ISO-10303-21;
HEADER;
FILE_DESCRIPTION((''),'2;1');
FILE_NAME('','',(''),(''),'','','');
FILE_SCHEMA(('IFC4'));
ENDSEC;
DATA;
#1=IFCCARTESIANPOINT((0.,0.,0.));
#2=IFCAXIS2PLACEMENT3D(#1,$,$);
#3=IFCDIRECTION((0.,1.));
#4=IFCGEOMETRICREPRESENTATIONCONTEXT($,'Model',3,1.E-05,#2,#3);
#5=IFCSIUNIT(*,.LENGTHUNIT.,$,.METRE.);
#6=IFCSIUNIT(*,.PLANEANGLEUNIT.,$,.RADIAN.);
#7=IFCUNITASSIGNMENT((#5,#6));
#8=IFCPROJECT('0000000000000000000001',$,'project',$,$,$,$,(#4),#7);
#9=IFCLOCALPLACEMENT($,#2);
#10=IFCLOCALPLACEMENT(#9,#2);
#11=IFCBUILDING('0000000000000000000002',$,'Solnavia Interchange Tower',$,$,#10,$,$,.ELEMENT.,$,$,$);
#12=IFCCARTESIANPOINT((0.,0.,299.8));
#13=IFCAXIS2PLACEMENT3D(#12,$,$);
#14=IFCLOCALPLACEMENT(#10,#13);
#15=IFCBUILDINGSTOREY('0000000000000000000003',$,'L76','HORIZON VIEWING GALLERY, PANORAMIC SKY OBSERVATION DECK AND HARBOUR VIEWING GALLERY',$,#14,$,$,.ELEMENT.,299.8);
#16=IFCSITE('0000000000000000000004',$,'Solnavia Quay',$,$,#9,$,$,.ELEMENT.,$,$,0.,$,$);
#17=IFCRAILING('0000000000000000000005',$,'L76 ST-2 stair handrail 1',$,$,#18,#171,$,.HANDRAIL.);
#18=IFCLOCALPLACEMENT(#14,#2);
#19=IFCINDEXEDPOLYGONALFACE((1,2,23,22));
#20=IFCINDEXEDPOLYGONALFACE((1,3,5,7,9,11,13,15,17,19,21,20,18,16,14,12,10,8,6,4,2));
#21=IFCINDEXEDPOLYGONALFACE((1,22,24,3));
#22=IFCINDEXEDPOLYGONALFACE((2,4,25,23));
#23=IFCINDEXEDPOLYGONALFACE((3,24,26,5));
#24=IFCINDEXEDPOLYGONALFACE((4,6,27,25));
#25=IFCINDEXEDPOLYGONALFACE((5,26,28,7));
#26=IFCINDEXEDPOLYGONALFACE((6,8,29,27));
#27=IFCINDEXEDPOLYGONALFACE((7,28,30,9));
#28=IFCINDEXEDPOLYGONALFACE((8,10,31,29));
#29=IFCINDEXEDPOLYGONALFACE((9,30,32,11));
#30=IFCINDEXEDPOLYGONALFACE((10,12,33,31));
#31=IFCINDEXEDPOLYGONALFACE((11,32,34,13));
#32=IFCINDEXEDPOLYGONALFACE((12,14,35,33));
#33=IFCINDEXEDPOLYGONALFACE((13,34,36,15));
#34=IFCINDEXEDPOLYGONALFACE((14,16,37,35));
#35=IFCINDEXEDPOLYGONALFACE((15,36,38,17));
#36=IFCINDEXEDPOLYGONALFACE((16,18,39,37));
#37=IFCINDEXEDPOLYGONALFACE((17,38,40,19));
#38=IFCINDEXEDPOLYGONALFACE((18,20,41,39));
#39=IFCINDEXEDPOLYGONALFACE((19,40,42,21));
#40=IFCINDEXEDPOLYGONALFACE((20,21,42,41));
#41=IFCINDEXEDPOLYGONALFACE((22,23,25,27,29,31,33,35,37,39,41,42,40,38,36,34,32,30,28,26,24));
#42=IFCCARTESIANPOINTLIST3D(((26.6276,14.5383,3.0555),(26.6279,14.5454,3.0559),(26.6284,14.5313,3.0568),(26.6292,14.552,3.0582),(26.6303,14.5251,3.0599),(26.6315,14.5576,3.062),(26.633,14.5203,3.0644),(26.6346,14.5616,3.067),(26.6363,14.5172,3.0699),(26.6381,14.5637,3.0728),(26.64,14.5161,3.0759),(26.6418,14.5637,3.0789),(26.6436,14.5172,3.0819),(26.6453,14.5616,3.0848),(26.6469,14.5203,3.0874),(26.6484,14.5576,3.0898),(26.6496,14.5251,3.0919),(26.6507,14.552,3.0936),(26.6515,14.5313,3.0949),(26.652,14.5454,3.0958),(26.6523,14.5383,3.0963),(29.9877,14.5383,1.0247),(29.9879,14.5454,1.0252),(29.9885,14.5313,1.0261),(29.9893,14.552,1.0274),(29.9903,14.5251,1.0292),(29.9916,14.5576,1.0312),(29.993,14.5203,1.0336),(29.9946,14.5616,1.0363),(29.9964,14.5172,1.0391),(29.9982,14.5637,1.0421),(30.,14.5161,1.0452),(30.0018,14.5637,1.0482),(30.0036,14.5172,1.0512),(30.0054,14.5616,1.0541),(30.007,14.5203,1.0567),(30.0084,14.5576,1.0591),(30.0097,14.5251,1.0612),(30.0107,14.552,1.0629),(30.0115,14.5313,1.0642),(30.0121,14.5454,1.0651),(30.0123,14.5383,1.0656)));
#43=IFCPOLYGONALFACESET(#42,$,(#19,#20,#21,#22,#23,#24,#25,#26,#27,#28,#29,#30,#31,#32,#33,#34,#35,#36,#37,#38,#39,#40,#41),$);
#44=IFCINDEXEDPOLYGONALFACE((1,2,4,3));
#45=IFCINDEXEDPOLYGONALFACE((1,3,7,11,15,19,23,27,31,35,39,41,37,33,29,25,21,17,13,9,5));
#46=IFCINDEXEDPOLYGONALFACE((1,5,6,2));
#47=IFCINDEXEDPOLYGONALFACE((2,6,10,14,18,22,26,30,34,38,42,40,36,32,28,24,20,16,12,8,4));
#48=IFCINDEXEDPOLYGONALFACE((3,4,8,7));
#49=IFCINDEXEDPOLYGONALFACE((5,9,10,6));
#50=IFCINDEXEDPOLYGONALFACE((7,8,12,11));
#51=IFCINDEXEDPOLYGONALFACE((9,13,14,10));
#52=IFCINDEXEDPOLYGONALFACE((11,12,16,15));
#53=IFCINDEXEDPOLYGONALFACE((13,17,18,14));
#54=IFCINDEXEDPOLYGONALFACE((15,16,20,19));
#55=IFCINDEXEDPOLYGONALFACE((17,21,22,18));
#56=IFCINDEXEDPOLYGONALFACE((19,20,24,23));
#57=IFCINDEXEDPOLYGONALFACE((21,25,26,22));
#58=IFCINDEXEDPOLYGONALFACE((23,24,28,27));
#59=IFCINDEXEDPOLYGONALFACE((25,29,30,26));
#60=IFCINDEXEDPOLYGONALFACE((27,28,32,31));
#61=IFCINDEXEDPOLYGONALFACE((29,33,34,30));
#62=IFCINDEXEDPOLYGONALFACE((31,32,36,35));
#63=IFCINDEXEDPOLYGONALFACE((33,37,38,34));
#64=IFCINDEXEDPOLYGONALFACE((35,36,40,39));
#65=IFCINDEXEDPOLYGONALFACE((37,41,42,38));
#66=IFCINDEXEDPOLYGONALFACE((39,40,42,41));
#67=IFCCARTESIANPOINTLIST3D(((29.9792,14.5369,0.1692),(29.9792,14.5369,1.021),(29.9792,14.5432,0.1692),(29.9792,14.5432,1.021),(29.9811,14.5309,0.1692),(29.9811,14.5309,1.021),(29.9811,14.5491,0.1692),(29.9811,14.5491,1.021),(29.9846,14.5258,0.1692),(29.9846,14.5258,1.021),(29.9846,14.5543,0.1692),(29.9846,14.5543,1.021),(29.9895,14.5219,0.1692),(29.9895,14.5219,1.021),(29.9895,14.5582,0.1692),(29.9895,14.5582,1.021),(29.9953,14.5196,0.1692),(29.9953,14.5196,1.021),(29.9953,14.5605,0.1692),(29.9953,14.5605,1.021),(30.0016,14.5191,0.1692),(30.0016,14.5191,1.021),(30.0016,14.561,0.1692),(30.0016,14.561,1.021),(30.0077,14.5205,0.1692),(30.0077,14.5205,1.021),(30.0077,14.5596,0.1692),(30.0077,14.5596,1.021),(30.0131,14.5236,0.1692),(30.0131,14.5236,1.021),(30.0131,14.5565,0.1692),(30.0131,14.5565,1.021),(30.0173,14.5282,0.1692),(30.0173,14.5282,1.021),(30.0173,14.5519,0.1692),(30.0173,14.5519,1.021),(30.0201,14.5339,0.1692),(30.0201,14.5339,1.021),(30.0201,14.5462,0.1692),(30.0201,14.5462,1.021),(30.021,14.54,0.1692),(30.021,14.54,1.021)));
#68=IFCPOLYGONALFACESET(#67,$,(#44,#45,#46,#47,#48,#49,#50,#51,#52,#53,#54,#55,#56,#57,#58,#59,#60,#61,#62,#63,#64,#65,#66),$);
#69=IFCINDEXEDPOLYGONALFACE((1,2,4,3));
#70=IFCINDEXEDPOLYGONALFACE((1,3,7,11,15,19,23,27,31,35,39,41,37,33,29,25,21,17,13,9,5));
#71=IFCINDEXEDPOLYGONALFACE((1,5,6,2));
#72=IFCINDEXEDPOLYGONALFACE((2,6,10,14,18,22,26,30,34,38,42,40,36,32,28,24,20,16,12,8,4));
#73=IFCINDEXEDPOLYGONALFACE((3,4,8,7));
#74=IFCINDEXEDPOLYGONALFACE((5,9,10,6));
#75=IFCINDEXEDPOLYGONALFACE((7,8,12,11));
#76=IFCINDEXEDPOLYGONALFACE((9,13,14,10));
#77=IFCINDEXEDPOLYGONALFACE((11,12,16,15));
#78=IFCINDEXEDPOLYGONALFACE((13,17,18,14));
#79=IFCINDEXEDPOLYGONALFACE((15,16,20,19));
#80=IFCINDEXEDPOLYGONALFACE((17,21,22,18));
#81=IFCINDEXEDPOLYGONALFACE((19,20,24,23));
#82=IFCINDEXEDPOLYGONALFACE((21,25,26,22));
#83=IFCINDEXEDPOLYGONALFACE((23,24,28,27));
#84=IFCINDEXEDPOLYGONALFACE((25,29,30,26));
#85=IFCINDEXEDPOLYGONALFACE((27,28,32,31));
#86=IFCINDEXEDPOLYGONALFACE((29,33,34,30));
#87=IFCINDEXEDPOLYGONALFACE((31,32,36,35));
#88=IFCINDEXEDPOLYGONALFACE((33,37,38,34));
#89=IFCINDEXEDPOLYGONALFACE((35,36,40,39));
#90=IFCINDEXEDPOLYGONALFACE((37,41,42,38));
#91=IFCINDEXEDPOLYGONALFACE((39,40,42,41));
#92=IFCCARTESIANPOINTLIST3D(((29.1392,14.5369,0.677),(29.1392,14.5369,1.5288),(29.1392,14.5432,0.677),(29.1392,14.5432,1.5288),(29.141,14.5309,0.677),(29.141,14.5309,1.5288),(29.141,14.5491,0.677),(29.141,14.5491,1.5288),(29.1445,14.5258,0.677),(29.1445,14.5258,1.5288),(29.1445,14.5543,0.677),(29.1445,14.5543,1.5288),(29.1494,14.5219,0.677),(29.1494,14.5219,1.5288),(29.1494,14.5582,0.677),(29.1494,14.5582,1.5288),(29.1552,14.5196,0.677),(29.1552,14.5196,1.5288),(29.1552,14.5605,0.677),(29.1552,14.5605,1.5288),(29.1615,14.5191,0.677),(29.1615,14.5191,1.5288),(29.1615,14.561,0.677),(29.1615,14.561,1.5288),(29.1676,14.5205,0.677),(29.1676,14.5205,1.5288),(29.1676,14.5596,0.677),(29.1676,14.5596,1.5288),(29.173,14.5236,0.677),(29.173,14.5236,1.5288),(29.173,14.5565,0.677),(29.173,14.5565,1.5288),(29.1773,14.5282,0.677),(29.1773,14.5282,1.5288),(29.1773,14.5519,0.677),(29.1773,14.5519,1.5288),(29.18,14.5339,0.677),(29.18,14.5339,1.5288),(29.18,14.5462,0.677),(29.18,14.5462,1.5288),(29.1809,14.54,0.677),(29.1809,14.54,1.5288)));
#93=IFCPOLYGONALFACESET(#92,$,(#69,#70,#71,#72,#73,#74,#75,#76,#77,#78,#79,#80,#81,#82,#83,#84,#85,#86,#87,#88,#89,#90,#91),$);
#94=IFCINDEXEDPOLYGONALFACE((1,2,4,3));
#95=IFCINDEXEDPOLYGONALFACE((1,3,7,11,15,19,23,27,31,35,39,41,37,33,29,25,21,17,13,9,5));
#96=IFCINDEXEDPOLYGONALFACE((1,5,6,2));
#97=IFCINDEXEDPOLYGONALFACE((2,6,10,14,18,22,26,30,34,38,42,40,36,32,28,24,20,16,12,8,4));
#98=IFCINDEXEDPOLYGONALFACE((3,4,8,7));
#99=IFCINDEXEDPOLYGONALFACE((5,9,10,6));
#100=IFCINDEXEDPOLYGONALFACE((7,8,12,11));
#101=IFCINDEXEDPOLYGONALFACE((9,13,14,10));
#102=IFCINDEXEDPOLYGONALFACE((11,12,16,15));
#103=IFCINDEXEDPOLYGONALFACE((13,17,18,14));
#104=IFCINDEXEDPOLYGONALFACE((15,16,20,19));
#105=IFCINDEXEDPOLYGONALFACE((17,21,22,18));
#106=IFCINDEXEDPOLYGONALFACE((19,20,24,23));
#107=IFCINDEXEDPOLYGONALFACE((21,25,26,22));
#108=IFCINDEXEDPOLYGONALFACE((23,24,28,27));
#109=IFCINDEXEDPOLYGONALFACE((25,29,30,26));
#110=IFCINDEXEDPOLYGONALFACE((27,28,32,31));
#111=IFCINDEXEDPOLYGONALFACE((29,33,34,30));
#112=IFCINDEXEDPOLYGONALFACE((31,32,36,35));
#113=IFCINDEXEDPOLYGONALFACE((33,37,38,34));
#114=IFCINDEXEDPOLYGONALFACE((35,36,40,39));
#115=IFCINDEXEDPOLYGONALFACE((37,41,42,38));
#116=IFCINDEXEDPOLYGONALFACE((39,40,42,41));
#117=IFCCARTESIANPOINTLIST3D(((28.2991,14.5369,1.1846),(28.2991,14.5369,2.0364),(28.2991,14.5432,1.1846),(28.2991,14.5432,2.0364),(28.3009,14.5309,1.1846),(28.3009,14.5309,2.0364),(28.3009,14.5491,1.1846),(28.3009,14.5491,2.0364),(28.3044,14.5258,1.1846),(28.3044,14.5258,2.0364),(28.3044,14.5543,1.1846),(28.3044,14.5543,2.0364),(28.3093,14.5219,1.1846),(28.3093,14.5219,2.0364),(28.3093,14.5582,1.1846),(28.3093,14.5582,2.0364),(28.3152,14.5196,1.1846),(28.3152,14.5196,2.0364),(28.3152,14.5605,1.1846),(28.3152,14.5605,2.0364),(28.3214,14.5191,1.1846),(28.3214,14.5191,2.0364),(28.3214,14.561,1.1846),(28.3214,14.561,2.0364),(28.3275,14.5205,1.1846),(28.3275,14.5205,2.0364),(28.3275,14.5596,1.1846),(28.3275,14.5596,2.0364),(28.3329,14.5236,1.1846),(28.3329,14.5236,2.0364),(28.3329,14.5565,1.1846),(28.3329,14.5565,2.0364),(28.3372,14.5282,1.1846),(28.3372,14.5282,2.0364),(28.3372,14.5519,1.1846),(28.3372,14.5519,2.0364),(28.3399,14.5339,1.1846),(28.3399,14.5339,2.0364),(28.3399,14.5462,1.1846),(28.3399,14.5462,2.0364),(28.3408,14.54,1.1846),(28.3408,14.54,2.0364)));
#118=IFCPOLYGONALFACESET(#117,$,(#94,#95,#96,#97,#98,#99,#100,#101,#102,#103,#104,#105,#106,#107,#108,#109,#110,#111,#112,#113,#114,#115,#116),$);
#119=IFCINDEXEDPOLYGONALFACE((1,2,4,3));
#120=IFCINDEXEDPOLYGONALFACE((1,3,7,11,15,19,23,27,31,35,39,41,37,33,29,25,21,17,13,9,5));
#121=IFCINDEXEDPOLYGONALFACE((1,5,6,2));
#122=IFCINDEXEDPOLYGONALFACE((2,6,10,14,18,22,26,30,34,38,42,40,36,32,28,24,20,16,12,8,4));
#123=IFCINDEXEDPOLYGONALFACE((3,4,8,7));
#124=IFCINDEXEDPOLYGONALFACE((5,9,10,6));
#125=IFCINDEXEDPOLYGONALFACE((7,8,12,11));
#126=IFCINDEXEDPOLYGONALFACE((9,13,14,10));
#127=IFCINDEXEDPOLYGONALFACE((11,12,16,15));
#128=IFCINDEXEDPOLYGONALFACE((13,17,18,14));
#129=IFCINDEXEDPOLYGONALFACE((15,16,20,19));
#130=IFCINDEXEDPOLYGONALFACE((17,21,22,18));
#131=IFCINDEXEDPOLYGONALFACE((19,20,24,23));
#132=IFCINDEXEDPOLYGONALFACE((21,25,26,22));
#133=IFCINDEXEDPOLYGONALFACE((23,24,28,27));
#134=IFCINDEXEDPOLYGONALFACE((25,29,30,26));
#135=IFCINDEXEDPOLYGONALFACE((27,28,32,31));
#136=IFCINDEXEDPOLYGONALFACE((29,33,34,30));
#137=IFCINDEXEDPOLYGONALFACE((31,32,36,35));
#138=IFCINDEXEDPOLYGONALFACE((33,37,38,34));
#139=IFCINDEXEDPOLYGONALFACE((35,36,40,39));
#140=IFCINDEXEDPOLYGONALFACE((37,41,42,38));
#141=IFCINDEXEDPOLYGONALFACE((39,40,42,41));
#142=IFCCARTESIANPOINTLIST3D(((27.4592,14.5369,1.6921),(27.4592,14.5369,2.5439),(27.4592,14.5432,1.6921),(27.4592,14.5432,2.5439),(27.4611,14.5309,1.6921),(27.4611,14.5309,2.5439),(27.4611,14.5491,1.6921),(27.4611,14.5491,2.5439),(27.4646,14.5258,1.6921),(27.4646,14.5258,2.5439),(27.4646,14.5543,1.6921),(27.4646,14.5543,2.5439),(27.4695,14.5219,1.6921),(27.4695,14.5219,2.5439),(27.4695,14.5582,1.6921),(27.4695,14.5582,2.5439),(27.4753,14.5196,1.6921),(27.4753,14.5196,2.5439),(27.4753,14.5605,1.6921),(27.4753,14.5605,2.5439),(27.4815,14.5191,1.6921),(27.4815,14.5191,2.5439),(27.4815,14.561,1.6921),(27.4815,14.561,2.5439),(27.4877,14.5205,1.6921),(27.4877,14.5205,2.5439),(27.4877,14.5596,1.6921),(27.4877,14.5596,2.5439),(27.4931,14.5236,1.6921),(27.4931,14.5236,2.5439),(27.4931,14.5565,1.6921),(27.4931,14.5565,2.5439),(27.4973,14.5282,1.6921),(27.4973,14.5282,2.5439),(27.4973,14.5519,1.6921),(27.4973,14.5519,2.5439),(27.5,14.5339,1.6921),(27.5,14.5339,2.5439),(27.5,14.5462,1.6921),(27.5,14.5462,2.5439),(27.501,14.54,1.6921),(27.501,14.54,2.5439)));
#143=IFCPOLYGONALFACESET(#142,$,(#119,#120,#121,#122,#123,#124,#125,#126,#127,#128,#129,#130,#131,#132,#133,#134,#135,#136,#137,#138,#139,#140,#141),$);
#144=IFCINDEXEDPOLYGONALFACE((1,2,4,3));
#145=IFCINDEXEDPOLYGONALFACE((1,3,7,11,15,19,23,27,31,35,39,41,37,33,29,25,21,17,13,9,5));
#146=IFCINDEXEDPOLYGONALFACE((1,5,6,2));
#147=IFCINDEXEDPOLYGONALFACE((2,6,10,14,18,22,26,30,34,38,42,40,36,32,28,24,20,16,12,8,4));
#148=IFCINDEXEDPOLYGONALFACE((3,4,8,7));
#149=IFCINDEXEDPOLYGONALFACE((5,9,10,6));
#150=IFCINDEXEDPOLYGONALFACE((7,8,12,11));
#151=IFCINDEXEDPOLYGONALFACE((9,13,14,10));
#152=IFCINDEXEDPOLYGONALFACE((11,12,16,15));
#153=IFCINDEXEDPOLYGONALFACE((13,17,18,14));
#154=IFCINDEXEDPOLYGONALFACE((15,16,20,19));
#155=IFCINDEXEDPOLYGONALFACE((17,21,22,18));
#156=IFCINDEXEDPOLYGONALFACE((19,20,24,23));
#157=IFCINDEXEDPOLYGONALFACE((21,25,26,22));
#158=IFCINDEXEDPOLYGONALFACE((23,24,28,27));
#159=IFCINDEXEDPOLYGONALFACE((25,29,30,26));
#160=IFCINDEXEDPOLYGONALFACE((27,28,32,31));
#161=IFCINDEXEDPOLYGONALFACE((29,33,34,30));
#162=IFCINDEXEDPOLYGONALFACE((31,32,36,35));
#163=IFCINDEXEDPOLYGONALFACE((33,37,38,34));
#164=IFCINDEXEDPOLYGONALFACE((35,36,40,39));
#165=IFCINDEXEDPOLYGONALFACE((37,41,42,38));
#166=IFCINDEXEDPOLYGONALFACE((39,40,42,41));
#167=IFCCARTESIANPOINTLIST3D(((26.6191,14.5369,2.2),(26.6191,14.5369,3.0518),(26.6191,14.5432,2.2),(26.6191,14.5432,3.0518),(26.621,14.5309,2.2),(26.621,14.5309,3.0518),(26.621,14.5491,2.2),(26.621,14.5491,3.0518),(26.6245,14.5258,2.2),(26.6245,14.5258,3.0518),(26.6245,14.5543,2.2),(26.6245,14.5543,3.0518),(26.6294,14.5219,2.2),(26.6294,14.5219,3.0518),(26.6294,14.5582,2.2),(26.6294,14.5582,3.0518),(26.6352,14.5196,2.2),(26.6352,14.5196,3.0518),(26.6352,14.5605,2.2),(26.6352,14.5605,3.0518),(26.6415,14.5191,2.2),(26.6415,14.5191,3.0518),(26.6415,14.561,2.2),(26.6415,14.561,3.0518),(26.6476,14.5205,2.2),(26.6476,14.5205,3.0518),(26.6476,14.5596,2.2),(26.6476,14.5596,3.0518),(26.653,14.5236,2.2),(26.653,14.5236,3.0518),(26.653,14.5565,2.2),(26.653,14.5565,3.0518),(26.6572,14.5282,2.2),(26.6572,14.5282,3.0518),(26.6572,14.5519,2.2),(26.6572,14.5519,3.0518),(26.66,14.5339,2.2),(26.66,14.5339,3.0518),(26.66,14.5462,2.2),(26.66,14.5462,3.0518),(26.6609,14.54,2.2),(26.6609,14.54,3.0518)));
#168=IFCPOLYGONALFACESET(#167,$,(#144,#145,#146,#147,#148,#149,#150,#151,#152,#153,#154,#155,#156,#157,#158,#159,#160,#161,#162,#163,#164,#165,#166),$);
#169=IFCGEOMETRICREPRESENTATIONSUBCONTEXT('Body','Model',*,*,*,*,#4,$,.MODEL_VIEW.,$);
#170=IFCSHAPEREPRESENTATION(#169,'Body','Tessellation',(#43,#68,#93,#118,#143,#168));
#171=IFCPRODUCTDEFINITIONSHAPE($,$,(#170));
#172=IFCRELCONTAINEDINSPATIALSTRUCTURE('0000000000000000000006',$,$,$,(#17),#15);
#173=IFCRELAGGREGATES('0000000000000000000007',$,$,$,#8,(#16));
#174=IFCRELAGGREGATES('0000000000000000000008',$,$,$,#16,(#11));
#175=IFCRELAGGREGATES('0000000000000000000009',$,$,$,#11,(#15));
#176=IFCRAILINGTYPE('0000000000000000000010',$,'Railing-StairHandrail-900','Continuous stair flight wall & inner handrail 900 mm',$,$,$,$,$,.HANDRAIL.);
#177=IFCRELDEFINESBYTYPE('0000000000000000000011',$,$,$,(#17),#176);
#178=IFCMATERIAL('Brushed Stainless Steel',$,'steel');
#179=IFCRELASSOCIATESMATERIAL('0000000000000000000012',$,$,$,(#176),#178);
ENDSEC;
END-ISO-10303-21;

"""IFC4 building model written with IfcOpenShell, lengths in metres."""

from ifc_helpers import new_model, si_unit, direction, frame, origin, origin_2d, place, context, subcontext, project, spatial, circle, extrude, material, type_object, element, save


model = new_model("IFC4")

# Units and contexts
model_context = context("Model", 3, precision=1e-05, world=origin(), true_north=direction((0.0, 1.0)))
body_context = subcontext(model_context, "Body", "Model", "MODEL_VIEW")
ifc_project = project(units=[si_unit("LENGTHUNIT", "METRE"), si_unit("PLANEANGLEUNIT", "RADIAN")], contexts=[model_context])

# Site, building, storey
site_placement = place(None, origin())
site = spatial("IfcSite", under=ifc_project, at=site_placement, Name="Solnavia Quay", CompositionType="ELEMENT", RefElevation=0.0)
building_placement = place(site_placement, origin())
building = spatial("IfcBuilding", under=site, at=building_placement, Name="Solnavia Interchange Tower", CompositionType="ELEMENT")
storey_placement = place(building_placement, frame((0.0, 0.0, 299.8)))
storey = spatial("IfcBuildingStorey", under=building, at=storey_placement, Name="L76", Description="HORIZON VIEWING GALLERY, PANORAMIC SKY OBSERVATION DECK AND HARBOUR VIEWING GALLERY", CompositionType="ELEMENT", Elevation=299.8)

# Railing
ifc_material_1 = material(Name="Brushed Stainless Steel", Category="steel")
railing_type_1 = type_object("IfcRailingType", Name="Railing-StairHandrail-900", Description="Continuous stair flight wall & inner handrail 900 mm", PredefinedType="HANDRAIL", material=ifc_material_1)
railing_1_placement = place(storey_placement, frame((30.0, 14.54, 0.1692)))
element("IfcRailing", 1, at=railing_1_placement, inside=storey, type_object=railing_type_1, Name="L76 ST-2 stair handrail 1", PredefinedType="HANDRAIL", context=body_context, shape_type="SweptSolid", body=[
    extrude(circle(Radius=0.0239, at=origin_2d()), frame((0.0, 0.0, 0.876), z_axis=(-0.855837, 0.0, 0.517246), x_axis=(0.0, -1.0, 0.0)), (0.0, 0.0, 1.0), 3.926),
    extrude(circle(Radius=0.021, at=origin_2d()), origin(), (0.0, 0.0, 1.0), 0.8518),
    extrude(circle(Radius=0.021, at=origin_2d()), frame((-0.8401, 0.0, 0.5078)), (0.0, 0.0, 1.0), 0.8518),
    extrude(circle(Radius=0.021, at=origin_2d()), frame((-1.6802, 0.0, 1.0154)), (0.0, 0.0, 1.0), 0.8518),
    extrude(circle(Radius=0.021, at=origin_2d()), frame((-2.52, 0.0, 1.5229)), (0.0, 0.0, 1.0), 0.8518),
    extrude(circle(Radius=0.021, at=origin_2d()), frame((-3.3601, 0.0, 2.0308)), (0.0, 0.0, 1.0), 0.8518),
])

save(model, "model.ifc")
